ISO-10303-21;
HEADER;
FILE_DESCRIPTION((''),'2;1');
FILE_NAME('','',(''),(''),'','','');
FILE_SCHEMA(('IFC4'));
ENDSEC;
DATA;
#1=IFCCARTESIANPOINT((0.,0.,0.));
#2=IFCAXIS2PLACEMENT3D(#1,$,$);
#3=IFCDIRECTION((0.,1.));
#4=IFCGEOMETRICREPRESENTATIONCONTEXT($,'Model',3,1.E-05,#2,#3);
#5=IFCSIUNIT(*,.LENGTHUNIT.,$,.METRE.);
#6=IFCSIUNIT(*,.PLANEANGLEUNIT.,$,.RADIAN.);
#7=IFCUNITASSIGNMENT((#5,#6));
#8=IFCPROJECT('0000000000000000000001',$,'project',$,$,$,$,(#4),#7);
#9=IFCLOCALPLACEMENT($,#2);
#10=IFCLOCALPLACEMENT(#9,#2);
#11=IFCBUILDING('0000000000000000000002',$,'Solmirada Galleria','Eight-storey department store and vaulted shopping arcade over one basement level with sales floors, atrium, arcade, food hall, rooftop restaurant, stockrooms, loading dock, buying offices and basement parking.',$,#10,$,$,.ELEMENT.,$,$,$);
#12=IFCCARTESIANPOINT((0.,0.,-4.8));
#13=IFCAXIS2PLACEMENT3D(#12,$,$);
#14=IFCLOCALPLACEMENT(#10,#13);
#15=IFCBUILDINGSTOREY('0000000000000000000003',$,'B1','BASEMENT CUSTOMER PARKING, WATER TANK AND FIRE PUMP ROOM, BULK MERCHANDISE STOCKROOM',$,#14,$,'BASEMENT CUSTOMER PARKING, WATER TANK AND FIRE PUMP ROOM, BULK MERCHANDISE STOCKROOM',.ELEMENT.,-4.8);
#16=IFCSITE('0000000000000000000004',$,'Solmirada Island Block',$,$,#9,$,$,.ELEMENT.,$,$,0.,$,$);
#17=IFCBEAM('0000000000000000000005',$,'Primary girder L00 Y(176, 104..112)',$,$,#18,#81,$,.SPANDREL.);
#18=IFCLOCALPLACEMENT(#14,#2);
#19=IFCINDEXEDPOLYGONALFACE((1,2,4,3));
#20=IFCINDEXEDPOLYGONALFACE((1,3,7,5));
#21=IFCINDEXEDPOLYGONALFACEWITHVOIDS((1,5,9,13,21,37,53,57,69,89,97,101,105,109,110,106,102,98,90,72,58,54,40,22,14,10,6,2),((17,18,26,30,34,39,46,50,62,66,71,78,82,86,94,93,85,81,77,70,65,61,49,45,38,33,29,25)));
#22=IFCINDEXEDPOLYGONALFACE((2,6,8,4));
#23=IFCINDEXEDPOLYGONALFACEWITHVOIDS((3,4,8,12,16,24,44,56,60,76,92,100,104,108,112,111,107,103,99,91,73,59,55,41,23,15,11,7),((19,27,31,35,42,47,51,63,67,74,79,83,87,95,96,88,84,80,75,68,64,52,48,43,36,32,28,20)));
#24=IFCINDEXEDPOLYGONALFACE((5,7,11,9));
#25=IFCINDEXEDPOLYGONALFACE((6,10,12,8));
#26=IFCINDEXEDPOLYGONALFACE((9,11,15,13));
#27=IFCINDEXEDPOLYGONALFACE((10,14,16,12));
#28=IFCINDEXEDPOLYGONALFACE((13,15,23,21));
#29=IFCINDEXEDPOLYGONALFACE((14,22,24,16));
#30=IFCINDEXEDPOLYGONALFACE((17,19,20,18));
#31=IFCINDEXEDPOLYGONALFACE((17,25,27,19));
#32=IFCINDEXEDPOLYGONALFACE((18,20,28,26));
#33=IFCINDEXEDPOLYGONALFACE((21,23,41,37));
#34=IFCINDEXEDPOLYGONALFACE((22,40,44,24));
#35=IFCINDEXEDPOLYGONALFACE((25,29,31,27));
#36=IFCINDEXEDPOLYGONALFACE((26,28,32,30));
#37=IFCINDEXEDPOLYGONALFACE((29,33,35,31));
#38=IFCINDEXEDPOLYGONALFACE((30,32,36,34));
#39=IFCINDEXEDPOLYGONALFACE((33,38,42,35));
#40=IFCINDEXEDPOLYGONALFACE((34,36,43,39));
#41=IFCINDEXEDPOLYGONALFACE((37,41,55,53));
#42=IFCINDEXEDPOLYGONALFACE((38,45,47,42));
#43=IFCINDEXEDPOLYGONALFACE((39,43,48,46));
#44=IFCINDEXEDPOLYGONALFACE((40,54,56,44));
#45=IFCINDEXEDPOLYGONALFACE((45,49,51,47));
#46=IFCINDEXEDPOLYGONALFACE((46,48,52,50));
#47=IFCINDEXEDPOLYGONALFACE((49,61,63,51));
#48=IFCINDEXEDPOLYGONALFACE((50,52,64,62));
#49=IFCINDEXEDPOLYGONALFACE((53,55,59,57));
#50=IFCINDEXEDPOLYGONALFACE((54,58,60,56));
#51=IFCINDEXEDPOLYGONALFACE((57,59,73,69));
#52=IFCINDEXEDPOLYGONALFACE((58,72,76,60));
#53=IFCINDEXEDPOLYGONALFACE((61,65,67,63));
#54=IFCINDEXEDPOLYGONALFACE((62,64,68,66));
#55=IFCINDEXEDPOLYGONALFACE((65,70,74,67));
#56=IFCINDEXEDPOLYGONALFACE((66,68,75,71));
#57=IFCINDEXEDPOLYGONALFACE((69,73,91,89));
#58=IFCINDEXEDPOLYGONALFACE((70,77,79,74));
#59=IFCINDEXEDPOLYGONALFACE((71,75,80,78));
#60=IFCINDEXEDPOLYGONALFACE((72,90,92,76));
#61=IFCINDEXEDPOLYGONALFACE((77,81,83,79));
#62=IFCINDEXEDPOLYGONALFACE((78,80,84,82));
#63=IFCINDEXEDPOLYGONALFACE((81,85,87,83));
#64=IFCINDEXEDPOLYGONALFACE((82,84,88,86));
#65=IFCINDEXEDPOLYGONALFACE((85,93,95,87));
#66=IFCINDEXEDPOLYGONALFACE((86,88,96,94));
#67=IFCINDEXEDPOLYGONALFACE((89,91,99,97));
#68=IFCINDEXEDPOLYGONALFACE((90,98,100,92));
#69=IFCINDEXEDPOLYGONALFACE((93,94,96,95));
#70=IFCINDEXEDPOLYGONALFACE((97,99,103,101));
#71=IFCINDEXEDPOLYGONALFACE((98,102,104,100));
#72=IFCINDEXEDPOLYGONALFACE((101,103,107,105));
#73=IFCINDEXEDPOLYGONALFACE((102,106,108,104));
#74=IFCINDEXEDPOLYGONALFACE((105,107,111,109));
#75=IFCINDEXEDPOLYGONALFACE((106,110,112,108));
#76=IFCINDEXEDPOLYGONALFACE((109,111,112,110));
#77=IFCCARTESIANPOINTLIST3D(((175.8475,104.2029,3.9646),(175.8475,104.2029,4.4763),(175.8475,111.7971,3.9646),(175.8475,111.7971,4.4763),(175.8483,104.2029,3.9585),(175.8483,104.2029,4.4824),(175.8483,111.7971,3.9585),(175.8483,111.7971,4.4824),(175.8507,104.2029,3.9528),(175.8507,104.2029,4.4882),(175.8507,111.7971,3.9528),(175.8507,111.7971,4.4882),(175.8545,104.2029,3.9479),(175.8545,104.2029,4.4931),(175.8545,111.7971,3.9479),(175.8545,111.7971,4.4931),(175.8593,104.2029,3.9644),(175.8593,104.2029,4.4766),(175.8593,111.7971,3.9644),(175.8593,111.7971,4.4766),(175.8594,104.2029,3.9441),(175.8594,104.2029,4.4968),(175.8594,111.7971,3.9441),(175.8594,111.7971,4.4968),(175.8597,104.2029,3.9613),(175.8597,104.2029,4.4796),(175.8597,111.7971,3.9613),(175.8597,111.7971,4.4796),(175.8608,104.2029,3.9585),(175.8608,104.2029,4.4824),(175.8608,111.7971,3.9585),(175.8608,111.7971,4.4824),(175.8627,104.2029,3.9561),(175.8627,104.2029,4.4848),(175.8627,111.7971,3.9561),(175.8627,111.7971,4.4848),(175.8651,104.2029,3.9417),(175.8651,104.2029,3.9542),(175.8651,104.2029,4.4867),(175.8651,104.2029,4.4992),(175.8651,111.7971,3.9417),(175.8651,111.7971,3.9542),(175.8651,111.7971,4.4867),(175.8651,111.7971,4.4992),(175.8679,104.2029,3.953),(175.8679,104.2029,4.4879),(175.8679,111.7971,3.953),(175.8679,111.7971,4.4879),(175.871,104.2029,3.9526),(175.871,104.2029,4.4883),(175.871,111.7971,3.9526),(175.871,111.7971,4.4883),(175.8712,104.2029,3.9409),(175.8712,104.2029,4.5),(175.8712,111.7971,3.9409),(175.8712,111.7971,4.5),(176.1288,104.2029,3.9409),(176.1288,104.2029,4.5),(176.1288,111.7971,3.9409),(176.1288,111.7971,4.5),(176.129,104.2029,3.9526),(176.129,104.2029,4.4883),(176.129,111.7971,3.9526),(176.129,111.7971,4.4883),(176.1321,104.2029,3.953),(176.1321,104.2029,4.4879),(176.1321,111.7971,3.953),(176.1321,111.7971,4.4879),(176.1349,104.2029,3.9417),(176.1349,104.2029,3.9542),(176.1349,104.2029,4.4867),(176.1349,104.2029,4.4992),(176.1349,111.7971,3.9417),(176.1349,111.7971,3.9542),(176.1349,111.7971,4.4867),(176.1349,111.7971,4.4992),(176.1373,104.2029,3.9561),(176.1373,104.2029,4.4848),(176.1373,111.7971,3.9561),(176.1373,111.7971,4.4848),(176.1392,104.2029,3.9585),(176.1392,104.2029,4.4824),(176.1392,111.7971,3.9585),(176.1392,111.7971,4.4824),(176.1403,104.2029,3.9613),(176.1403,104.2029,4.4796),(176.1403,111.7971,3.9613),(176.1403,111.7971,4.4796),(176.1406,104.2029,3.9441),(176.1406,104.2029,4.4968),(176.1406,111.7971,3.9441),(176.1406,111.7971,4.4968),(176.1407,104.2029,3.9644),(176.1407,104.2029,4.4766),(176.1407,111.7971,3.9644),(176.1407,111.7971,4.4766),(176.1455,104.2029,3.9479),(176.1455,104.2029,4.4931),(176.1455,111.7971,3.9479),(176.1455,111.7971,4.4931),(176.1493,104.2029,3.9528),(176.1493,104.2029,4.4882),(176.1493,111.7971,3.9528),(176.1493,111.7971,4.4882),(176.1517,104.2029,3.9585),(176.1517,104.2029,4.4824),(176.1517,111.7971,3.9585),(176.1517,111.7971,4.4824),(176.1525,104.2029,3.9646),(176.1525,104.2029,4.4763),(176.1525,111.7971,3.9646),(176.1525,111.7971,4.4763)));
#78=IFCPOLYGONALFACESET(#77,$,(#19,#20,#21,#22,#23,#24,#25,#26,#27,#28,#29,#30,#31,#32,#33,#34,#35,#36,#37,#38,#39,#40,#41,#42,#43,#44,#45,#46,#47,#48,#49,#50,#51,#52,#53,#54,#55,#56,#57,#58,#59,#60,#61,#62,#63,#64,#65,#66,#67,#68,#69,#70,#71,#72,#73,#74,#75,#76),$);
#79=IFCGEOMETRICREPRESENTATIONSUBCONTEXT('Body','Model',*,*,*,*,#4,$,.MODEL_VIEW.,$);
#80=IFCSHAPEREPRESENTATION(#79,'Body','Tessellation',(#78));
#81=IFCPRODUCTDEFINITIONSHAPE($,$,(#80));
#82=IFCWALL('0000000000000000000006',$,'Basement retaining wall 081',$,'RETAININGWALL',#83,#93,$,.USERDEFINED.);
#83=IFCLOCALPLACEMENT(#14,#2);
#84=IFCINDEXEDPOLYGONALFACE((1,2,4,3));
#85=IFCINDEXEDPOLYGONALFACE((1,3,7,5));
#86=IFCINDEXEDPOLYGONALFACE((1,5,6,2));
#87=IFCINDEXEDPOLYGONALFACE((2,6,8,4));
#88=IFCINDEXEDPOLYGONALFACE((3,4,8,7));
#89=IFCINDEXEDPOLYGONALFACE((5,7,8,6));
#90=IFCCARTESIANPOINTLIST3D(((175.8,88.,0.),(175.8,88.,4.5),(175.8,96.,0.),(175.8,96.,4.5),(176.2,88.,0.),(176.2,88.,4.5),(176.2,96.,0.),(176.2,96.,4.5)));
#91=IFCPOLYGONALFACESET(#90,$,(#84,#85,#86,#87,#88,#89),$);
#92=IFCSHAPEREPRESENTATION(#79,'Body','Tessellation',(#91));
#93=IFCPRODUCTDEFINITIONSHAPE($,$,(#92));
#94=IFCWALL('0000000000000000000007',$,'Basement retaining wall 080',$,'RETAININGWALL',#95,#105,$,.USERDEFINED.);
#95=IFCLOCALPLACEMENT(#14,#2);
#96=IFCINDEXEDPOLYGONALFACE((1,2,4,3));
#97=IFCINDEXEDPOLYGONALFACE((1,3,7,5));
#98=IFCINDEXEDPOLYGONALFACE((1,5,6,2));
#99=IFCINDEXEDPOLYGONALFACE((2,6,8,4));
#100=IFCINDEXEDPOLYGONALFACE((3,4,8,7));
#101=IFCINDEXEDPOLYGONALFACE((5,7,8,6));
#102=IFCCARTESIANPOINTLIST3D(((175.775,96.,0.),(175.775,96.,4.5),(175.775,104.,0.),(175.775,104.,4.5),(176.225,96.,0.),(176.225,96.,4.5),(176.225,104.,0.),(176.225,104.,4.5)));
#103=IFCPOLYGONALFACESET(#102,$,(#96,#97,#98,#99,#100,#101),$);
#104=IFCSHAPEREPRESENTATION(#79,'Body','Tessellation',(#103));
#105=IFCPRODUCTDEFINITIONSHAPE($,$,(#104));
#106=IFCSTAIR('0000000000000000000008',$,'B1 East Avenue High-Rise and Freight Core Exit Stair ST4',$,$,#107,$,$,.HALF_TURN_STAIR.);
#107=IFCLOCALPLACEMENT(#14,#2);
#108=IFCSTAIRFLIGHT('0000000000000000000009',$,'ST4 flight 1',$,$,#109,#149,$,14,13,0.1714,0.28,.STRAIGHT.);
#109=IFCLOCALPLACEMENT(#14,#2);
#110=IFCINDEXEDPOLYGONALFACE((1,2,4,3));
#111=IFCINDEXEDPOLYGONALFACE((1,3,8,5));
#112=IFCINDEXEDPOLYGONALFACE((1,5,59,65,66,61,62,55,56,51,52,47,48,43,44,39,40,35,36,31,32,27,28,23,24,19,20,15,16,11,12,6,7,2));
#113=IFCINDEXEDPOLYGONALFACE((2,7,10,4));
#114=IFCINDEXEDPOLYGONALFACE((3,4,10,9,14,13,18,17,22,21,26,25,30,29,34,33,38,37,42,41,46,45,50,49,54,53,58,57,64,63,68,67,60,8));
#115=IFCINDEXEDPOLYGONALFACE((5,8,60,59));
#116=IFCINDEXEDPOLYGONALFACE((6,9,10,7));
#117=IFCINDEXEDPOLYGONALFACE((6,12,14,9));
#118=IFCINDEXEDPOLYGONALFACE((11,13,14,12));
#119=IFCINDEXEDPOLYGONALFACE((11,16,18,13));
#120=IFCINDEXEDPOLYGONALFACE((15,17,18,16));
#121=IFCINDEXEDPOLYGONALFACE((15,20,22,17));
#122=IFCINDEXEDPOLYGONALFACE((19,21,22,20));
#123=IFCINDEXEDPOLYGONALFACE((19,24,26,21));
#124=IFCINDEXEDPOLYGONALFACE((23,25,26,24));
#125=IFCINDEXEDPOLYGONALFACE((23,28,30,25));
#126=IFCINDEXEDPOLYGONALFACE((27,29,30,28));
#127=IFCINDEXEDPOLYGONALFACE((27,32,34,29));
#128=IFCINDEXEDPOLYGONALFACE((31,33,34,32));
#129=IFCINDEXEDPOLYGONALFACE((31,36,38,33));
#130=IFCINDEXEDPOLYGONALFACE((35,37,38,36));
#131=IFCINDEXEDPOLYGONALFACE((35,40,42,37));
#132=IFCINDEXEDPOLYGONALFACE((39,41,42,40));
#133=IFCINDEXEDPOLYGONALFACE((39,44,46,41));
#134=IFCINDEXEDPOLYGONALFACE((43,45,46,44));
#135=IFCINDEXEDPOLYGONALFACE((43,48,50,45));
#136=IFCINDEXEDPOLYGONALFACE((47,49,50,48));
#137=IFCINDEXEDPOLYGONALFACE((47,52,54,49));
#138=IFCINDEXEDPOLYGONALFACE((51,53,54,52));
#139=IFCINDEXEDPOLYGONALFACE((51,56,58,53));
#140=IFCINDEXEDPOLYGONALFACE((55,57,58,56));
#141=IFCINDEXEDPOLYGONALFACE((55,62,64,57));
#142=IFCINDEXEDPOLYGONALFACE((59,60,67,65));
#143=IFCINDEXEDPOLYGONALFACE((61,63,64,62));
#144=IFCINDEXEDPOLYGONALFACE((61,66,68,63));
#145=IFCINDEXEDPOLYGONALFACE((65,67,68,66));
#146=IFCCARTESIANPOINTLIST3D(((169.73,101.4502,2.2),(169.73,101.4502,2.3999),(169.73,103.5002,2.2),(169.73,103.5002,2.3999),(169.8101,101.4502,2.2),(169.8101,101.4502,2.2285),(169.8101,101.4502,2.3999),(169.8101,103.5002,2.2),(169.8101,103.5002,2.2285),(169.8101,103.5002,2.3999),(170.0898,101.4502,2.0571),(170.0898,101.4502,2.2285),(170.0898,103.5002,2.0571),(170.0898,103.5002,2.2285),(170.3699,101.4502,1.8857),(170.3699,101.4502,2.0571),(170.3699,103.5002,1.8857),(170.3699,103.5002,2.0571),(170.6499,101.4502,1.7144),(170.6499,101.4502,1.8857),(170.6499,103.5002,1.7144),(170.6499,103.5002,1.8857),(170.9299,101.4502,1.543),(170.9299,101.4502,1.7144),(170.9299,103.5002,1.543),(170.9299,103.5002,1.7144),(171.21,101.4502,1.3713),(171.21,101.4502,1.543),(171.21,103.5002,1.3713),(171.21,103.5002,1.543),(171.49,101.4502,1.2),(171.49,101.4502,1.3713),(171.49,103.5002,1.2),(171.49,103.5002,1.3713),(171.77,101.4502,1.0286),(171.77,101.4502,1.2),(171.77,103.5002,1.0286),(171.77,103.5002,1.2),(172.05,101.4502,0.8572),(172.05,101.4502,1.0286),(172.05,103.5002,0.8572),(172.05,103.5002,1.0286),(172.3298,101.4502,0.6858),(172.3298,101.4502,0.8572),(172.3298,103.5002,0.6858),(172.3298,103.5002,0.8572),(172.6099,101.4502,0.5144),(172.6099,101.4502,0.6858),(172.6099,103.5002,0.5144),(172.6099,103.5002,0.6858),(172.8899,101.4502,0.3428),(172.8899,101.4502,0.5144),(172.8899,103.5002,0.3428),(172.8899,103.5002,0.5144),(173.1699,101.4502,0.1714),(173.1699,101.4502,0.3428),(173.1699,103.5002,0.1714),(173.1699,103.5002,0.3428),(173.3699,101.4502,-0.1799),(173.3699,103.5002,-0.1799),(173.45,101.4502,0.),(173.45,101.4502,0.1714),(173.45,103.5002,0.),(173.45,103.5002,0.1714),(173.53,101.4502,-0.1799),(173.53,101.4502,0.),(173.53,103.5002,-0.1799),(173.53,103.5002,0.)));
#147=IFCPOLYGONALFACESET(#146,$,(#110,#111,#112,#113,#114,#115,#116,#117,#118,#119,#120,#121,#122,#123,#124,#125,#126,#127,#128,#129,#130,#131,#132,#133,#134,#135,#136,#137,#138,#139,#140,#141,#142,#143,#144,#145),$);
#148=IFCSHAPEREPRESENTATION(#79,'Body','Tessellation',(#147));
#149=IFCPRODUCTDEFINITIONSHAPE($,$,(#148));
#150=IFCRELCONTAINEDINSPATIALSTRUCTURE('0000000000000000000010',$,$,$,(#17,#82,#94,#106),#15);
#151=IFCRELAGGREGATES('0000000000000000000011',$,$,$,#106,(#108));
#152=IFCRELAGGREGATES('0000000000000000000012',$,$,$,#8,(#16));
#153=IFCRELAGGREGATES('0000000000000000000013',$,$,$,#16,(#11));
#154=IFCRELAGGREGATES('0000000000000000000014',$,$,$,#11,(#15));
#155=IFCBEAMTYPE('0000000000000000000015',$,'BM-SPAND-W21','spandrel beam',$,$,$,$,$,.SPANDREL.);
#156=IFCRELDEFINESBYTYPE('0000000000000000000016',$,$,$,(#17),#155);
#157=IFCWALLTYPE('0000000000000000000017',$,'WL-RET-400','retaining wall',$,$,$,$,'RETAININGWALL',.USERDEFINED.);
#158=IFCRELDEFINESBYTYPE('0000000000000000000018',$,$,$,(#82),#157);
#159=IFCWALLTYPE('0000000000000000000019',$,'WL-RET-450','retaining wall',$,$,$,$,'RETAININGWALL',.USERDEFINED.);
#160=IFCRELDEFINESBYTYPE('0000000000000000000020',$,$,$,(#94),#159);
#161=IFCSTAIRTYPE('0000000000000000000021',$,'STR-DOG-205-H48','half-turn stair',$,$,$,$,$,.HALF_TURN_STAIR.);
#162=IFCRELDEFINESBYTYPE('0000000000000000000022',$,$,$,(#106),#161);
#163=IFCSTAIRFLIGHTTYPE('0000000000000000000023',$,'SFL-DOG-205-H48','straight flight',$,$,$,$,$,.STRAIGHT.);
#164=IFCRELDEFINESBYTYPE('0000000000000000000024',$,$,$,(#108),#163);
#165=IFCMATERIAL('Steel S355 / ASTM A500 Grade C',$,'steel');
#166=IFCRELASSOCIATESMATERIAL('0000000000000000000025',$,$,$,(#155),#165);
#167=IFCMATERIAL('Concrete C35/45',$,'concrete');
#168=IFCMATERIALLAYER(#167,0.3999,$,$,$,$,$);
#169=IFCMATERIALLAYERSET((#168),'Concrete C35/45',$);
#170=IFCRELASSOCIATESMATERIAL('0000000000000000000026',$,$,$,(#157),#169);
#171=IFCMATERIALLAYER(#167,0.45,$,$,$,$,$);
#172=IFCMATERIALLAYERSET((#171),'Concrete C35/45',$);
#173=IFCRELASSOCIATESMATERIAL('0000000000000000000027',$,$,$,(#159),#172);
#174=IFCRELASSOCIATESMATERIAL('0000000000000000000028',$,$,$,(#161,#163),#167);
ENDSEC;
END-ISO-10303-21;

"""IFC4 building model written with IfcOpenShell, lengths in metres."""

from ifc_helpers import new_model, si_unit, direction, frame, frame_2d, origin, origin_2d, place, context, subcontext, project, spatial, polyline, rectangle, hollow_rectangle, outline, extrude, material, layer, layer_set, material_profile, profile_set, type_object, element, aggregate, save


model = new_model("IFC4")

# Units and contexts
model_context = context("Model", 3, precision=1e-05, world=origin(), true_north=direction((0.0, 1.0)))
body_context = subcontext(model_context, "Body", "Model", "MODEL_VIEW")
ifc_project = project(units=[si_unit("LENGTHUNIT", "METRE"), si_unit("PLANEANGLEUNIT", "RADIAN")], contexts=[model_context])

# Site, building, storey
site_placement = place(None, origin())
site = spatial("IfcSite", under=ifc_project, at=site_placement, Name="Solmirada Island Block", CompositionType="ELEMENT", RefElevation=0.0)
building_placement = place(site_placement, origin())
building = spatial("IfcBuilding", under=site, at=building_placement, Name="Solmirada Galleria", Description="Eight-storey department store and vaulted shopping arcade over one basement level with sales floors, atrium, arcade, food hall, rooftop restaurant, stockrooms, loading dock, buying offices and basement parking.", CompositionType="ELEMENT")
storey_placement = place(building_placement, frame((0.0, 0.0, -4.8)))
storey = spatial("IfcBuildingStorey", under=building, at=storey_placement, Name="B1", Description="BASEMENT CUSTOMER PARKING, WATER TANK AND FIRE PUMP ROOM, BULK MERCHANDISE STOCKROOM", LongName="BASEMENT CUSTOMER PARKING, WATER TANK AND FIRE PUMP ROOM, BULK MERCHANDISE STOCKROOM", CompositionType="ELEMENT", Elevation=-4.8)

# Shared definitions
ifc_material_1 = material(Name="Steel S355 / ASTM A500 Grade C", Category="steel")

# Beam
ifc_material_profile_1 = material_profile(ifc_material_1, hollow_rectangle(XDim=0.3049, YDim=0.5591, WallThickness=0.0117, InnerFilletRadius=0.0117, OuterFilletRadius=0.0237, at=origin_2d()), Name="HSS22X12X1/2")
ifc_profile_set_1 = profile_set([ifc_material_profile_1], Name="Steel S355 / ASTM A500 Grade C")
beam_type = type_object("IfcBeamType", Name="BM-SPAND-W21", Description="spandrel beam", PredefinedType="SPANDREL", material=ifc_profile_set_1)
for number, where, z_axis, x_axis, name in (
    (1, (176.0, 104.2029, 4.2205), (0.0, 1.0, 0.0), (-1.0, 0.0, 0.0), "Primary girder L00 Y(176, 104..112)"),
):
    element("IfcBeam", number, at=place(storey_placement, frame(where, z_axis=z_axis, x_axis=x_axis)), inside=storey, type_object=beam_type, Name=name, PredefinedType="SPANDREL", context=body_context, shape_type="SweptSolid", body=[
        extrude(hollow_rectangle(XDim=0.3049, YDim=0.5591, WallThickness=0.0117, InnerFilletRadius=0.0117, OuterFilletRadius=0.0237, at=origin_2d()), origin(), (0.0, 0.0, 1.0), 7.5942),
    ])

# Walls
ifc_material_2 = material(Name="Concrete C35/45", Category="concrete")
ifc_layer_1 = layer(ifc_material_2, 0.3999)
ifc_layer_set_1 = layer_set([ifc_layer_1], Name="Concrete C35/45")
wall_type_1 = type_object("IfcWallType", Name="WL-RET-400", Description="retaining wall", ElementType="RETAININGWALL", PredefinedType="USERDEFINED", material=ifc_layer_set_1)
wall_1_placement = place(storey_placement, frame((176.0, 96.0, 0.0), z_axis=(0.0, 0.0, 1.0), x_axis=(0.0, -1.0, 0.0)))
element("IfcWall", 2, at=wall_1_placement, inside=storey, type_object=wall_type_1, Name="Basement retaining wall 081", ObjectType="RETAININGWALL", PredefinedType="USERDEFINED", context=body_context, shape_type="SweptSolid", body=[
    extrude(rectangle(XDim=8.0, YDim=0.3999, at=frame_2d((4.0, 0.0))), origin(), (0.0, 0.0, 1.0), 4.5),
])
ifc_layer_2 = layer(ifc_material_2, 0.45)
ifc_layer_set_2 = layer_set([ifc_layer_2], Name="Concrete C35/45")
wall_type_2 = type_object("IfcWallType", Name="WL-RET-450", Description="retaining wall", ElementType="RETAININGWALL", PredefinedType="USERDEFINED", material=ifc_layer_set_2)
wall_2_placement = place(storey_placement, frame((176.0, 104.0, 0.0), z_axis=(0.0, 0.0, 1.0), x_axis=(0.0, -1.0, 0.0)))
element("IfcWall", 3, at=wall_2_placement, inside=storey, type_object=wall_type_2, Name="Basement retaining wall 080", ObjectType="RETAININGWALL", PredefinedType="USERDEFINED", context=body_context, shape_type="SweptSolid", body=[
    extrude(rectangle(XDim=8.0, YDim=0.45, at=frame_2d((4.0, 0.0))), origin(), (0.0, 0.0, 1.0), 4.5),
])

# Stair, stair flight
stair_type = type_object("IfcStairType", Name="STR-DOG-205-H48", Description="half-turn stair", PredefinedType="HALF_TURN_STAIR", material=ifc_material_2)
stair_placement = place(storey_placement, origin())
stair = element("IfcStair", 4, at=stair_placement, inside=storey, type_object=stair_type, Name="B1 East Avenue High-Rise and Freight Core Exit Stair ST4", PredefinedType="HALF_TURN_STAIR")
stair_flight_type = type_object("IfcStairFlightType", Name="SFL-DOG-205-H48", Description="straight flight", PredefinedType="STRAIGHT", material=ifc_material_2)
stair_flight_1_placement = place(storey_placement, frame((173.45, 102.4751, 0.0), z_axis=(0.0, 0.0, 1.0), x_axis=(-1.0, 0.0, 0.0)))
stair_flight_1 = element("IfcStairFlight", 5, at=stair_flight_1_placement, type_object=stair_flight_type, Name="ST4 flight 1", NumberOfRisers=14, NumberOfTreads=13, PredefinedType="STRAIGHT", RiserHeight=0.1714, TreadLength=0.28, context=body_context, shape_type="SweptSolid", body=[
    extrude(outline(polyline([(-0.0801, 0.0), (0.0, 0.0), (0.0, 0.1714), (0.28, 0.1714), (0.28, 0.3428), (0.5601, 0.3428), (0.5601, 0.5144), (0.8401, 0.5144), (0.8401, 0.6858), (1.1201, 0.6858), (1.1201, 0.8572), (1.3999, 0.8572), (1.3999, 1.0286), (1.6799, 1.0286), (1.6799, 1.2), (1.96, 1.2), (1.96, 1.3713), (2.24, 1.3713), (2.24, 1.543), (2.52, 1.543), (2.52, 1.7144), (2.8, 1.7144), (2.8, 1.8857), (3.0801, 1.8857), (3.0801, 2.0571), (3.3601, 2.0571), (3.3601, 2.2285), (3.6399, 2.2285), (3.6399, 2.3999), (3.72, 2.3999), (3.72, 2.2), (3.6399, 2.2), (0.0801, -0.1799), (-0.0801, -0.1799), (-0.0801, 0.0)])), frame((0.0, 1.0249, 0.0), z_axis=(0.0, -1.0, 0.0), x_axis=(1.0, 0.0, 0.0)), (0.0, 0.0, 1.0), 2.05),
])
aggregate(stair, [stair_flight_1])

save(model, "model.ifc")
